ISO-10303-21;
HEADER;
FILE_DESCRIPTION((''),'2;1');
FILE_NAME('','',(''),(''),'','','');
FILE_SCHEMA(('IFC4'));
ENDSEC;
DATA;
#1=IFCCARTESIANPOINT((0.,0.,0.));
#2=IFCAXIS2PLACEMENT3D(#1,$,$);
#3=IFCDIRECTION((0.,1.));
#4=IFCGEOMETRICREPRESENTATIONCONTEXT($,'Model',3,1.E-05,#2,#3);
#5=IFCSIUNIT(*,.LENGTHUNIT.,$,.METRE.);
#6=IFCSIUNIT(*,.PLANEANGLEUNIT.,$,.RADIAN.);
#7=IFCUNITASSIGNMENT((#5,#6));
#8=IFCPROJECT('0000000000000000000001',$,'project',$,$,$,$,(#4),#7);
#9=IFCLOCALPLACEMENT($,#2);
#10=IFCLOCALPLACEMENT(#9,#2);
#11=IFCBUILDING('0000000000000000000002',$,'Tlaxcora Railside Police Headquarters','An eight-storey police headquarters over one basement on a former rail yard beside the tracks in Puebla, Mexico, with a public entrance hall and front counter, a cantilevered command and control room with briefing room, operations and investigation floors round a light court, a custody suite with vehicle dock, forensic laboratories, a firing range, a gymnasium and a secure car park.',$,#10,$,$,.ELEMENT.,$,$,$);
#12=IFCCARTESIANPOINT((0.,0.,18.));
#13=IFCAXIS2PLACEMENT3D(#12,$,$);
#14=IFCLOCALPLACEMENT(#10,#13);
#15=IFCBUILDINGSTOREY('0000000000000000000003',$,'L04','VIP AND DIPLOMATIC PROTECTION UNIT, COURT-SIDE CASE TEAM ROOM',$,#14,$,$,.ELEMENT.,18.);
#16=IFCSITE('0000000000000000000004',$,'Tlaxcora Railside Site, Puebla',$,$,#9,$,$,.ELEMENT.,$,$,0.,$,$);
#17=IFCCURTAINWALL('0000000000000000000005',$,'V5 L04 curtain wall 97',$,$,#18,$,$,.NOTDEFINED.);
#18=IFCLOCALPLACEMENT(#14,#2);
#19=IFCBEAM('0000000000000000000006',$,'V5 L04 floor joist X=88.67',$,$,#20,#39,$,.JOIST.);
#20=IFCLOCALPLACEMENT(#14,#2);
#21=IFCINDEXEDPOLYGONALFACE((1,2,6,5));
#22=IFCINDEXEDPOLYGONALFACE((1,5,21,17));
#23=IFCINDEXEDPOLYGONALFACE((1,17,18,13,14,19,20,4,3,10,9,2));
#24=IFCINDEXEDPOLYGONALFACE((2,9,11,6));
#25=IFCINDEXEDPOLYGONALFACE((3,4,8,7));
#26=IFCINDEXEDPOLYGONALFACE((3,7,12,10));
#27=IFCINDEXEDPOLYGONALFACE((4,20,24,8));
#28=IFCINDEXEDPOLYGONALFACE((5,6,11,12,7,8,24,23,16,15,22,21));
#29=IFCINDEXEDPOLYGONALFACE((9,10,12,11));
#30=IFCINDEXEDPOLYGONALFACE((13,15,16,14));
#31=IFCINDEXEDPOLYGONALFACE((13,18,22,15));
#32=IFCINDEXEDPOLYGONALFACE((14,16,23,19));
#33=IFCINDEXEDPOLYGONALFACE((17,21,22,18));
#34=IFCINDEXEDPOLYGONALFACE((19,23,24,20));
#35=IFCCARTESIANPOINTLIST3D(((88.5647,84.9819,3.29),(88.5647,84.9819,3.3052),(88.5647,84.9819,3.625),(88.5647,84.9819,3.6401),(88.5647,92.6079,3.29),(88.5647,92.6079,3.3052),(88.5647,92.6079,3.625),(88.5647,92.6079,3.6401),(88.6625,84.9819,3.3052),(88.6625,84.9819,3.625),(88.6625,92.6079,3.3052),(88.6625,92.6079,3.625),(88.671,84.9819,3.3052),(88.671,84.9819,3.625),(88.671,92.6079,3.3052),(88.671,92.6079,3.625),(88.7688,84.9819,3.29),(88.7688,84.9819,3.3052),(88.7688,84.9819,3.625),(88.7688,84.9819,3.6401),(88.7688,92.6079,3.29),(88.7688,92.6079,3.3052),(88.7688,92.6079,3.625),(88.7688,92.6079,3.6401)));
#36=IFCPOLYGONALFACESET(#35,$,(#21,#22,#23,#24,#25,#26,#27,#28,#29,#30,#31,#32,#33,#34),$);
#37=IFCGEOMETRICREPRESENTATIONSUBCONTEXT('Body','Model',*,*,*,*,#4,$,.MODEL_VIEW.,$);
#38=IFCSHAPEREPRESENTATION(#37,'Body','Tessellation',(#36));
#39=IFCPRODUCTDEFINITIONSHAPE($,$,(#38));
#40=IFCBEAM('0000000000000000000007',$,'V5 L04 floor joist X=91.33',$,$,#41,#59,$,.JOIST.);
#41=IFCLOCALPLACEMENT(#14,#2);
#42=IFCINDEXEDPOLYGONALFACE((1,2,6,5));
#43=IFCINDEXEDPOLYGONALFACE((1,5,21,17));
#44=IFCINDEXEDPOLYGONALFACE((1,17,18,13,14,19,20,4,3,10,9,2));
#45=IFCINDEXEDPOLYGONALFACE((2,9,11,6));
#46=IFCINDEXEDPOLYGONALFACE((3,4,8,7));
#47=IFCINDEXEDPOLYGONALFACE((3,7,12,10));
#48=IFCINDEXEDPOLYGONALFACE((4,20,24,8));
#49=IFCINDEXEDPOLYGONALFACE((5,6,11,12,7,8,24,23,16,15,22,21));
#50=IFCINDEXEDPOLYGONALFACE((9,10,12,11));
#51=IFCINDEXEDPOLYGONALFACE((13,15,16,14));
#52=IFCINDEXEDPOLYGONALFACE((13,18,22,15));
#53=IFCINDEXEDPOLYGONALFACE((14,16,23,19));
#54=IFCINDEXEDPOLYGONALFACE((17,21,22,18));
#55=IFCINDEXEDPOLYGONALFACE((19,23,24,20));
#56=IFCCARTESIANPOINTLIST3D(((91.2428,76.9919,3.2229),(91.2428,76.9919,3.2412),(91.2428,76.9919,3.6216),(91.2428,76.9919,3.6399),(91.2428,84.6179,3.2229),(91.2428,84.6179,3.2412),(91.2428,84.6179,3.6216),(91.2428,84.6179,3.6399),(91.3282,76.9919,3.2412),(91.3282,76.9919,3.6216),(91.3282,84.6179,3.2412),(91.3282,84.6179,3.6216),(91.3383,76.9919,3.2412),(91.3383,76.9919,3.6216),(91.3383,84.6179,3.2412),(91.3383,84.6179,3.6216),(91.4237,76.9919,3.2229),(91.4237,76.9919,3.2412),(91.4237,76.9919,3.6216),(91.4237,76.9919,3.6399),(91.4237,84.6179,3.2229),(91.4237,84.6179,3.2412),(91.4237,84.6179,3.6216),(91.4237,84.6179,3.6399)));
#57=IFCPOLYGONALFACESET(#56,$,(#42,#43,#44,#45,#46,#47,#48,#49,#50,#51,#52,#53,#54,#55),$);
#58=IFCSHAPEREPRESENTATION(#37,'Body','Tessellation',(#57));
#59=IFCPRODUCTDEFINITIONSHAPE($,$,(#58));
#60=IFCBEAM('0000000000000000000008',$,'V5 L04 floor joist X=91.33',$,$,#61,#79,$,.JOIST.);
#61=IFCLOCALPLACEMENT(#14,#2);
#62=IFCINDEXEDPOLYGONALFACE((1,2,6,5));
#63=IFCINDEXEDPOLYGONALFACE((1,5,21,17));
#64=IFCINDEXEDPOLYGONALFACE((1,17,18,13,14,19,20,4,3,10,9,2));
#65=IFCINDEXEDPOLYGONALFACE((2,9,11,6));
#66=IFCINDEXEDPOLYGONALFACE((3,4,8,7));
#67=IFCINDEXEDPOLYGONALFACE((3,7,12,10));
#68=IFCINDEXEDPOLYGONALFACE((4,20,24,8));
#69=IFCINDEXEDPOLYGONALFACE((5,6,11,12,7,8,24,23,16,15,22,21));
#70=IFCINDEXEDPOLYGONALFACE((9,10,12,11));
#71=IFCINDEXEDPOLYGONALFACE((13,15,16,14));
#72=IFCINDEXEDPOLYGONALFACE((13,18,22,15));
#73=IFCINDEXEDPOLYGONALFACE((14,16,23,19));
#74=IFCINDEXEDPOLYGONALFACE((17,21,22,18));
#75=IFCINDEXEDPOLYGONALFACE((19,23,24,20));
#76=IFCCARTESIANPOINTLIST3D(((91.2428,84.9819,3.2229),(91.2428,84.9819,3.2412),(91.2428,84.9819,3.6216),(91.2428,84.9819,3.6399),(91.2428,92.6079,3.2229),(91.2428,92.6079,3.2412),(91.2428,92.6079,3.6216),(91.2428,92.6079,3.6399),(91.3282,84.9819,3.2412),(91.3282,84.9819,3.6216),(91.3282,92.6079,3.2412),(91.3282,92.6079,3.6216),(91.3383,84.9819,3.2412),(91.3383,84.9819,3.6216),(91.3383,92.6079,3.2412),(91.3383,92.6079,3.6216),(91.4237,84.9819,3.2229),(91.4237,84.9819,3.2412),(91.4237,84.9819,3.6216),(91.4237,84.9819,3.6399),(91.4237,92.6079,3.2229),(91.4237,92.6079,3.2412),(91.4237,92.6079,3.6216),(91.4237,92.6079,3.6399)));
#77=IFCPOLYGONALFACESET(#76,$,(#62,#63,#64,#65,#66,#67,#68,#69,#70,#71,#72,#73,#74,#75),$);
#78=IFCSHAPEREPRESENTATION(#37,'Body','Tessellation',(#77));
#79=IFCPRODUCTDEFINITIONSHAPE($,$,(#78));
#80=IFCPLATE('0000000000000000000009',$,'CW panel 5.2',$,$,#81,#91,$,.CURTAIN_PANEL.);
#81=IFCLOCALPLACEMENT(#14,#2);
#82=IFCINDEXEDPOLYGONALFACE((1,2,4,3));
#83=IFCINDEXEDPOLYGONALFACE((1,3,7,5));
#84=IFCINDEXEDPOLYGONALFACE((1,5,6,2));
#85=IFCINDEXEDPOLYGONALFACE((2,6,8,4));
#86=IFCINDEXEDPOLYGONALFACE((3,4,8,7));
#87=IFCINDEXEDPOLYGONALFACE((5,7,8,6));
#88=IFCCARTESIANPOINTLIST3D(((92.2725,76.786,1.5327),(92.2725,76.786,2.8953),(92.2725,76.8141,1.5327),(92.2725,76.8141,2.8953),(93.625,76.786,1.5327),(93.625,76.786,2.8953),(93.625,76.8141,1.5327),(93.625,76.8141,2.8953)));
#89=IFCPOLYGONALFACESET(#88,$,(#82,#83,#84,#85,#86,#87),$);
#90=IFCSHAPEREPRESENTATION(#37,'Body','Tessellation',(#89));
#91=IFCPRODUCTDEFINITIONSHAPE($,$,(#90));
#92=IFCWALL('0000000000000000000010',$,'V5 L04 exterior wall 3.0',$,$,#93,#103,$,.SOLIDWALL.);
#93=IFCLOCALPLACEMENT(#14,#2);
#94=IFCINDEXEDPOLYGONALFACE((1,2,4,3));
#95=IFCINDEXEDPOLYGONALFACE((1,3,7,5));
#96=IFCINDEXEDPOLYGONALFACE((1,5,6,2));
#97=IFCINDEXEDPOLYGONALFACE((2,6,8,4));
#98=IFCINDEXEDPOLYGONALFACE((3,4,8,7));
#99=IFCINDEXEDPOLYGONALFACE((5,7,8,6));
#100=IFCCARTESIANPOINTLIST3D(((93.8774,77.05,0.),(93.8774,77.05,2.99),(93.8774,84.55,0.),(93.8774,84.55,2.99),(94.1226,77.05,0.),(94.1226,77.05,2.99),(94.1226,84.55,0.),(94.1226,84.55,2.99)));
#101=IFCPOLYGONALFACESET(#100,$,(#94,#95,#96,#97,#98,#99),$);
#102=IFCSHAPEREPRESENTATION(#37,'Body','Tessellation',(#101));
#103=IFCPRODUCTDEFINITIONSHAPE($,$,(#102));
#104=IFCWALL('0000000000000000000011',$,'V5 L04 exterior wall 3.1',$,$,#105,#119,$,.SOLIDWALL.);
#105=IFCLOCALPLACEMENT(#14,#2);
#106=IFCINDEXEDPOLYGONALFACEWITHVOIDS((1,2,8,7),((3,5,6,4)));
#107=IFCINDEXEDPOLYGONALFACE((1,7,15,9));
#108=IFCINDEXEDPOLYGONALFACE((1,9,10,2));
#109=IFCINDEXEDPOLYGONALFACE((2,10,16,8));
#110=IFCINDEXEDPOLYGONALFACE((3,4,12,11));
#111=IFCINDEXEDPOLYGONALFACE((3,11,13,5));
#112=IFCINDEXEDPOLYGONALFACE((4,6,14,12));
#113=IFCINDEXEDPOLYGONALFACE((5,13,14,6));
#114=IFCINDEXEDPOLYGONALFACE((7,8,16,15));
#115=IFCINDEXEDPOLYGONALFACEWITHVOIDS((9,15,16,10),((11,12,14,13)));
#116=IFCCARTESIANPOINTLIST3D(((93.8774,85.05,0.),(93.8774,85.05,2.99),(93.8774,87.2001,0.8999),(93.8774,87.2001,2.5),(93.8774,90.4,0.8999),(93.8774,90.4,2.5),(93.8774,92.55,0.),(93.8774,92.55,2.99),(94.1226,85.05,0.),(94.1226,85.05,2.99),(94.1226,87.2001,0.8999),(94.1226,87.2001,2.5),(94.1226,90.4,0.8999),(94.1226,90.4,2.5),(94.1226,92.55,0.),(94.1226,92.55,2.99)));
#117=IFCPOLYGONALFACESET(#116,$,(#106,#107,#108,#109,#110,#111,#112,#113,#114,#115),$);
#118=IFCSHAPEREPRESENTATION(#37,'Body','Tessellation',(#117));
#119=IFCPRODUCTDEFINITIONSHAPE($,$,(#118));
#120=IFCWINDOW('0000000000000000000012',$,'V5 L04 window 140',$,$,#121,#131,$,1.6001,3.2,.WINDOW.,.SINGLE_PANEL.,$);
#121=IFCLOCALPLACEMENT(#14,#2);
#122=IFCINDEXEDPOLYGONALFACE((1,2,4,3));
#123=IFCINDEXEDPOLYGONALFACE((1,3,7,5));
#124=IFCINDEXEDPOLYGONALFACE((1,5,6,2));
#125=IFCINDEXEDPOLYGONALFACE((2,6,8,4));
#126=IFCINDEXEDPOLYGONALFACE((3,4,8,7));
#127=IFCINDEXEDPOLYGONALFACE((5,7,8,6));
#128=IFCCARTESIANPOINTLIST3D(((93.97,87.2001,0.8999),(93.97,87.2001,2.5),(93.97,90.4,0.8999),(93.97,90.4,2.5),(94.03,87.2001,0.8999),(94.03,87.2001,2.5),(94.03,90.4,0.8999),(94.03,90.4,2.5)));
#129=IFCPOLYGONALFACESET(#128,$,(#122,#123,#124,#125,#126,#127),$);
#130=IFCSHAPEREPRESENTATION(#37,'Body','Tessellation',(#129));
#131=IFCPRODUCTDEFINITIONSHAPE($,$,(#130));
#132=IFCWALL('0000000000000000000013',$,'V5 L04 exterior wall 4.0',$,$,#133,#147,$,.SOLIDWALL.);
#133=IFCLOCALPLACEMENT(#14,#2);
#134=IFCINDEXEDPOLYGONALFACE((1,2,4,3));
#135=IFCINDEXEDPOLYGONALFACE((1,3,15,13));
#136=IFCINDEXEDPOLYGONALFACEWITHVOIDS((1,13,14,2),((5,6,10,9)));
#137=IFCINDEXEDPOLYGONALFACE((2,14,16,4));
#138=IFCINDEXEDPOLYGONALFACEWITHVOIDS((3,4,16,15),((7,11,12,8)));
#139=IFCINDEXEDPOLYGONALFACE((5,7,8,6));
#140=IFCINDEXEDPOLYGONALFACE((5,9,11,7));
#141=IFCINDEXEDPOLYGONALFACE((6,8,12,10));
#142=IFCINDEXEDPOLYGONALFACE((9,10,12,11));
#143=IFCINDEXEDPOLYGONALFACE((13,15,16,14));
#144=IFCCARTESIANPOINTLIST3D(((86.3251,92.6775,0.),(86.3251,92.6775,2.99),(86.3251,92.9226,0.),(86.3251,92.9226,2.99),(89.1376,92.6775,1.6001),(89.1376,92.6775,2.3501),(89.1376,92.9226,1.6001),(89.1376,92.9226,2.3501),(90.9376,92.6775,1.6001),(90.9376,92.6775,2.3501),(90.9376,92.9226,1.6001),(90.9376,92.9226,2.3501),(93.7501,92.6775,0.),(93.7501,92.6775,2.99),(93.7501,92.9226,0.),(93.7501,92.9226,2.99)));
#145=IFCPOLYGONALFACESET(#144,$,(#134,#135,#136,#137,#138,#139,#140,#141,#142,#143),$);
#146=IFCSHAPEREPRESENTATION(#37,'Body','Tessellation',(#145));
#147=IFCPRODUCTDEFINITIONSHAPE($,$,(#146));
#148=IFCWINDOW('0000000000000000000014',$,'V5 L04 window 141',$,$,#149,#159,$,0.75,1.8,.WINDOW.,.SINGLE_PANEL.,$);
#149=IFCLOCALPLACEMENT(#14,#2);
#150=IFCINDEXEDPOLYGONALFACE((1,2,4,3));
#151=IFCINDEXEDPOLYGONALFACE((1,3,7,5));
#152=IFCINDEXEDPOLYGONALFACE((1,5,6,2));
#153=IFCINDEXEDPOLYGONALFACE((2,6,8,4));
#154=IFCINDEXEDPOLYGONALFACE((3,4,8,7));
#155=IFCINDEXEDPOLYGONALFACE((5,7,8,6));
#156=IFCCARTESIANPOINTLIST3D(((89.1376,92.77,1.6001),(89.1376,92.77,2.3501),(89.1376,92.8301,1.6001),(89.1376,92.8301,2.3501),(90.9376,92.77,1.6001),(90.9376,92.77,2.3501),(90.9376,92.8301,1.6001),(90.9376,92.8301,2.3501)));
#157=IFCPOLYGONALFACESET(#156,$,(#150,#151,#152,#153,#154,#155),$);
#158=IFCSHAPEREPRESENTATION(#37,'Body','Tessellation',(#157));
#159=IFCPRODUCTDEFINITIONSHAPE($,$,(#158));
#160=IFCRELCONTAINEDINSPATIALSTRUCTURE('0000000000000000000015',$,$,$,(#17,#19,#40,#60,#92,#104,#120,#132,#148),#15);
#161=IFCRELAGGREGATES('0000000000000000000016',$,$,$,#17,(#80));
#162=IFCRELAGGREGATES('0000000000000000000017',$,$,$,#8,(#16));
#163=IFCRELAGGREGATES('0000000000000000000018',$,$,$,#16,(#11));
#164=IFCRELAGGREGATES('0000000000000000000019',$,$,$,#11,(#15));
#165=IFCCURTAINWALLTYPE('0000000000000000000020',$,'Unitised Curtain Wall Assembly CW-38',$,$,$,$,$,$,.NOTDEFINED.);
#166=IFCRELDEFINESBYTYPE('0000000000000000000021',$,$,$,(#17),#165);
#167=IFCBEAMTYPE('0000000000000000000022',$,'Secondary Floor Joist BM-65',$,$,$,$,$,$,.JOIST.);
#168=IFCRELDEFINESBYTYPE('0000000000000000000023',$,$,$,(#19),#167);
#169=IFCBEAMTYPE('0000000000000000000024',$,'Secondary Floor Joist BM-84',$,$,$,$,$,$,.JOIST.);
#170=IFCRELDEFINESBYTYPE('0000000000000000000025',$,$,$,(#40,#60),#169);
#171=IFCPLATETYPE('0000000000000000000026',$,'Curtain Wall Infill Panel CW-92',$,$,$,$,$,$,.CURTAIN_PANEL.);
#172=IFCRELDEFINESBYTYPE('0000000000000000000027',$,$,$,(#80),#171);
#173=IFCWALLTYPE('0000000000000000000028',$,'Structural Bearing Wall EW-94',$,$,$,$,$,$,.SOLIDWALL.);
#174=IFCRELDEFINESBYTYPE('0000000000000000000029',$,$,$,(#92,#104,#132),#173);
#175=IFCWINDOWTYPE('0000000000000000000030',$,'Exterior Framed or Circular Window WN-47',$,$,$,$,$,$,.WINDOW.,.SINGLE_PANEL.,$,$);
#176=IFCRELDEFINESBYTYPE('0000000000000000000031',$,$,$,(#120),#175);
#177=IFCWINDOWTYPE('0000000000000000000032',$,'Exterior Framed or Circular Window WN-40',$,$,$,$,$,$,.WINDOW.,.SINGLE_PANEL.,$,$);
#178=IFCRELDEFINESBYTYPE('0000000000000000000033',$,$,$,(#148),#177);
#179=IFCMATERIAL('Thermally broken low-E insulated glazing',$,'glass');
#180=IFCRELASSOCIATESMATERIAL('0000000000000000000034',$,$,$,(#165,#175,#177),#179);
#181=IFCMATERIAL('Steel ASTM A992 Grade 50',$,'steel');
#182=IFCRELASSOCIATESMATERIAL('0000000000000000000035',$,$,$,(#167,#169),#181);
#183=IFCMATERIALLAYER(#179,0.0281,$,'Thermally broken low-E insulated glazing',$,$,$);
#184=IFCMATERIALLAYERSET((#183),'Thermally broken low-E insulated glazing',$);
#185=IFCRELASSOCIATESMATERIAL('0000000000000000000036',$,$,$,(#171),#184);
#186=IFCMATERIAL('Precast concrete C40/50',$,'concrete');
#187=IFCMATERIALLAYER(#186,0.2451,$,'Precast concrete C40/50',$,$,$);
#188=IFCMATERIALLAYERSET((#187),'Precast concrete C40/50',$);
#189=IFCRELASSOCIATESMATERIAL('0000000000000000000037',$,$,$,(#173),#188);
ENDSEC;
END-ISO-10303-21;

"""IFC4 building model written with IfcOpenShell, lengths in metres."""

from ifc_helpers import new_model, si_unit, direction, frame, frame_2d, origin, origin_2d, place, context, subcontext, project, spatial, rectangle, i_section, extrude, material, layer, layer_set, material_profile, profile_set, type_object, element, fill, aggregate, save


model = new_model("IFC4")

# Units and contexts
model_context = context("Model", 3, precision=1e-05, world=origin(), true_north=direction((0.0, 1.0)))
body_context = subcontext(model_context, "Body", "Model", "MODEL_VIEW")
ifc_project = project(units=[si_unit("LENGTHUNIT", "METRE"), si_unit("PLANEANGLEUNIT", "RADIAN")], contexts=[model_context])

# Site, building, storey
site_placement = place(None, origin())
site = spatial("IfcSite", under=ifc_project, at=site_placement, Name="Tlaxcora Railside Site, Puebla", CompositionType="ELEMENT", RefElevation=0.0)
building_placement = place(site_placement, origin())
building = spatial("IfcBuilding", under=site, at=building_placement, Name="Tlaxcora Railside Police Headquarters", Description="An eight-storey police headquarters over one basement on a former rail yard beside the tracks in Puebla, Mexico, with a public entrance hall and front counter, a cantilevered command and control room with briefing room, operations and investigation floors round a light court, a custody suite with vehicle dock, forensic laboratories, a firing range, a gymnasium and a secure car park.", CompositionType="ELEMENT")
storey_placement = place(building_placement, frame((0.0, 0.0, 18.0)))
storey = spatial("IfcBuildingStorey", under=building, at=storey_placement, Name="L04", Description="VIP AND DIPLOMATIC PROTECTION UNIT, COURT-SIDE CASE TEAM ROOM", CompositionType="ELEMENT", Elevation=18.0)

# Curtain wall
ifc_material_1 = material(Name="Thermally broken low-E insulated glazing", Category="glass")
curtain_wall_type = type_object("IfcCurtainWallType", Name="Unitised Curtain Wall Assembly CW-38", PredefinedType="NOTDEFINED", material=ifc_material_1)
curtain_wall_placement = place(storey_placement, origin())
curtain_wall = element("IfcCurtainWall", 1, at=curtain_wall_placement, inside=storey, type_object=curtain_wall_type, Name="V5 L04 curtain wall 97", PredefinedType="NOTDEFINED")

# Beams
ifc_material_2 = material(Name="Steel ASTM A992 Grade 50", Category="steel")
ifc_material_profile_1 = material_profile(ifc_material_2, i_section(OverallWidth=0.2041, OverallDepth=0.3501, WebThickness=0.0085, FlangeThickness=0.0151, at=origin_2d()), Name="W14X48")
ifc_profile_set_1 = profile_set([ifc_material_profile_1], Name="Steel ASTM A992 Grade 50")
beam_type_1 = type_object("IfcBeamType", Name="Secondary Floor Joist BM-65", PredefinedType="JOIST", material=ifc_profile_set_1)
for number, where, z_axis, x_axis, name in (
    (2, (88.6667, 84.9819, 3.4651), (0.0, 1.0, 0.0), (-1.0, 0.0, 0.0), "V5 L04 floor joist X=88.67"),
):
    element("IfcBeam", number, at=place(storey_placement, frame(where, z_axis=z_axis, x_axis=x_axis)), inside=storey, type_object=beam_type_1, Name=name, PredefinedType="JOIST", context=body_context, shape_type="SweptSolid", body=[
        extrude(i_section(OverallWidth=0.2041, OverallDepth=0.3501, WebThickness=0.0085, FlangeThickness=0.0151, at=origin_2d()), origin(), (0.0, 0.0, 1.0), 7.626),
    ])
ifc_material_profile_2 = material_profile(ifc_material_2, i_section(OverallWidth=0.1809, OverallDepth=0.417, WebThickness=0.01, FlangeThickness=0.0183, at=origin_2d()), Name="W16X57")
ifc_profile_set_2 = profile_set([ifc_material_profile_2], Name="Steel ASTM A992 Grade 50")
beam_type_2 = type_object("IfcBeamType", Name="Secondary Floor Joist BM-84", PredefinedType="JOIST", material=ifc_profile_set_2)
for number, where, z_axis, x_axis, name in (
    (3, (91.3333, 76.9919, 3.4314), (0.0, 1.0, 0.0), (-1.0, 0.0, 0.0), "V5 L04 floor joist X=91.33"),
    (4, (91.3333, 84.9819, 3.4314), (0.0, 1.0, 0.0), (-1.0, 0.0, 0.0), "V5 L04 floor joist X=91.33"),
):
    element("IfcBeam", number, at=place(storey_placement, frame(where, z_axis=z_axis, x_axis=x_axis)), inside=storey, type_object=beam_type_2, Name=name, PredefinedType="JOIST", context=body_context, shape_type="SweptSolid", body=[
        extrude(i_section(OverallWidth=0.1809, OverallDepth=0.417, WebThickness=0.01, FlangeThickness=0.0183, at=origin_2d()), origin(), (0.0, 0.0, 1.0), 7.626),
    ])

# Plate
ifc_layer_1 = layer(ifc_material_1, 0.0281, Name="Thermally broken low-E insulated glazing")
ifc_layer_set_1 = layer_set([ifc_layer_1], Name="Thermally broken low-E insulated glazing")
plate_type = type_object("IfcPlateType", Name="Curtain Wall Infill Panel CW-92", PredefinedType="CURTAIN_PANEL", material=ifc_layer_set_1)
plate_placement = place(storey_placement, frame((92.9487, 76.8, 1.5327), z_axis=(0.0, 0.0, 1.0), x_axis=(1.0, 0.0, 0.0)))
plate = element("IfcPlate", 5, at=plate_placement, type_object=plate_type, Name="CW panel 5.2", PredefinedType="CURTAIN_PANEL", context=body_context, shape_type="SweptSolid", body=[
    extrude(rectangle(XDim=1.3525, YDim=0.0281, at=origin_2d()), origin(), (0.0, 0.0, 1.0), 1.3625),
])
aggregate(curtain_wall, [plate])

# Wall
ifc_material_3 = material(Name="Precast concrete C40/50", Category="concrete")
ifc_layer_2 = layer(ifc_material_3, 0.2451, Name="Precast concrete C40/50")
ifc_layer_set_2 = layer_set([ifc_layer_2], Name="Precast concrete C40/50")
wall_type = type_object("IfcWallType", Name="Structural Bearing Wall EW-94", PredefinedType="SOLIDWALL", material=ifc_layer_set_2)
wall_1_placement = place(storey_placement, frame((94.0, 77.05, 0.0), z_axis=(0.0, 0.0, 1.0), x_axis=(0.0, 1.0, 0.0)))
element("IfcWall", 6, at=wall_1_placement, inside=storey, type_object=wall_type, Name="V5 L04 exterior wall 3.0", PredefinedType="SOLIDWALL", context=body_context, shape_type="SweptSolid", body=[
    extrude(rectangle(XDim=7.5, YDim=0.2451, at=frame_2d((3.75, 0.0))), origin(), (0.0, 0.0, 1.0), 2.99),
])

# Walls, openings, windows
wall_2_placement = place(storey_placement, frame((94.0, 85.05, 0.0), z_axis=(0.0, 0.0, 1.0), x_axis=(0.0, 1.0, 0.0)))
wall_2 = element("IfcWall", 7, at=wall_2_placement, inside=storey, type_object=wall_type, Name="V5 L04 exterior wall 3.1", PredefinedType="SOLIDWALL", context=body_context, shape_type="SweptSolid", body=[
    extrude(rectangle(XDim=7.5, YDim=0.2451, at=frame_2d((3.75, 0.0))), origin(), (0.0, 0.0, 1.0), 2.99),
])
opening_1_placement = place(wall_2_placement, frame((2.1499, 0.0, 0.8999)))
opening_1 = element("IfcOpeningElement", 8, at=opening_1_placement, cuts=wall_2, PredefinedType="OPENING", context=body_context, shape_type="SweptSolid", body=[
    extrude(rectangle(XDim=3.2, YDim=1.6001, at=frame_2d((1.6001, 0.8))), frame((0.0, 0.1326, 0.0), z_axis=(0.0, -1.0, 0.0), x_axis=(1.0, 0.0, 0.0)), (0.0, 0.0, 1.0), 0.2651),
])
window_type_1 = type_object("IfcWindowType", Name="Exterior Framed or Circular Window WN-47", PartitioningType="SINGLE_PANEL", PredefinedType="WINDOW", material=ifc_material_1)
window_1_placement = place(opening_1_placement, origin())
window_1 = element("IfcWindow", 9, at=window_1_placement, inside=storey, type_object=window_type_1, Name="V5 L04 window 140", OverallHeight=1.6001, OverallWidth=3.2, PartitioningType="SINGLE_PANEL", PredefinedType="WINDOW", context=body_context, shape_type="SweptSolid", body=[
    extrude(rectangle(XDim=3.2, YDim=1.6001, at=frame_2d((1.6001, 0.8))), frame((0.0, 0.03, 0.0), z_axis=(0.0, -1.0, 0.0), x_axis=(1.0, 0.0, 0.0)), (0.0, 0.0, 1.0), 0.0601),
])
fill(opening_1, window_1)
wall_3_placement = place(storey_placement, frame((93.75, 92.8, 0.0), z_axis=(0.0, 0.0, 1.0), x_axis=(-1.0, 0.0, 0.0)))
wall_3 = element("IfcWall", 10, at=wall_3_placement, inside=storey, type_object=wall_type, Name="V5 L04 exterior wall 4.0", PredefinedType="SOLIDWALL", context=body_context, shape_type="SweptSolid", body=[
    extrude(rectangle(XDim=7.425, YDim=0.2451, at=frame_2d((3.7124, 0.0))), origin(), (0.0, 0.0, 1.0), 2.99),
])
opening_2_placement = place(wall_3_placement, frame((2.8125, 0.0, 1.6001)))
opening_2 = element("IfcOpeningElement", 11, at=opening_2_placement, cuts=wall_3, PredefinedType="OPENING", context=body_context, shape_type="SweptSolid", body=[
    extrude(rectangle(XDim=1.8, YDim=0.75, at=frame_2d((0.8999, 0.375))), frame((0.0, 0.1326, 0.0), z_axis=(0.0, -1.0, 0.0), x_axis=(1.0, 0.0, 0.0)), (0.0, 0.0, 1.0), 0.2651),
])
window_type_2 = type_object("IfcWindowType", Name="Exterior Framed or Circular Window WN-40", PartitioningType="SINGLE_PANEL", PredefinedType="WINDOW", material=ifc_material_1)
window_2_placement = place(opening_2_placement, origin())
window_2 = element("IfcWindow", 12, at=window_2_placement, inside=storey, type_object=window_type_2, Name="V5 L04 window 141", OverallHeight=0.75, OverallWidth=1.8, PartitioningType="SINGLE_PANEL", PredefinedType="WINDOW", context=body_context, shape_type="SweptSolid", body=[
    extrude(rectangle(XDim=1.8, YDim=0.75, at=frame_2d((0.8999, 0.375))), frame((0.0, 0.03, 0.0), z_axis=(0.0, -1.0, 0.0), x_axis=(1.0, 0.0, 0.0)), (0.0, 0.0, 1.0), 0.0601),
])
fill(opening_2, window_2)

save(model, "model.ifc")
